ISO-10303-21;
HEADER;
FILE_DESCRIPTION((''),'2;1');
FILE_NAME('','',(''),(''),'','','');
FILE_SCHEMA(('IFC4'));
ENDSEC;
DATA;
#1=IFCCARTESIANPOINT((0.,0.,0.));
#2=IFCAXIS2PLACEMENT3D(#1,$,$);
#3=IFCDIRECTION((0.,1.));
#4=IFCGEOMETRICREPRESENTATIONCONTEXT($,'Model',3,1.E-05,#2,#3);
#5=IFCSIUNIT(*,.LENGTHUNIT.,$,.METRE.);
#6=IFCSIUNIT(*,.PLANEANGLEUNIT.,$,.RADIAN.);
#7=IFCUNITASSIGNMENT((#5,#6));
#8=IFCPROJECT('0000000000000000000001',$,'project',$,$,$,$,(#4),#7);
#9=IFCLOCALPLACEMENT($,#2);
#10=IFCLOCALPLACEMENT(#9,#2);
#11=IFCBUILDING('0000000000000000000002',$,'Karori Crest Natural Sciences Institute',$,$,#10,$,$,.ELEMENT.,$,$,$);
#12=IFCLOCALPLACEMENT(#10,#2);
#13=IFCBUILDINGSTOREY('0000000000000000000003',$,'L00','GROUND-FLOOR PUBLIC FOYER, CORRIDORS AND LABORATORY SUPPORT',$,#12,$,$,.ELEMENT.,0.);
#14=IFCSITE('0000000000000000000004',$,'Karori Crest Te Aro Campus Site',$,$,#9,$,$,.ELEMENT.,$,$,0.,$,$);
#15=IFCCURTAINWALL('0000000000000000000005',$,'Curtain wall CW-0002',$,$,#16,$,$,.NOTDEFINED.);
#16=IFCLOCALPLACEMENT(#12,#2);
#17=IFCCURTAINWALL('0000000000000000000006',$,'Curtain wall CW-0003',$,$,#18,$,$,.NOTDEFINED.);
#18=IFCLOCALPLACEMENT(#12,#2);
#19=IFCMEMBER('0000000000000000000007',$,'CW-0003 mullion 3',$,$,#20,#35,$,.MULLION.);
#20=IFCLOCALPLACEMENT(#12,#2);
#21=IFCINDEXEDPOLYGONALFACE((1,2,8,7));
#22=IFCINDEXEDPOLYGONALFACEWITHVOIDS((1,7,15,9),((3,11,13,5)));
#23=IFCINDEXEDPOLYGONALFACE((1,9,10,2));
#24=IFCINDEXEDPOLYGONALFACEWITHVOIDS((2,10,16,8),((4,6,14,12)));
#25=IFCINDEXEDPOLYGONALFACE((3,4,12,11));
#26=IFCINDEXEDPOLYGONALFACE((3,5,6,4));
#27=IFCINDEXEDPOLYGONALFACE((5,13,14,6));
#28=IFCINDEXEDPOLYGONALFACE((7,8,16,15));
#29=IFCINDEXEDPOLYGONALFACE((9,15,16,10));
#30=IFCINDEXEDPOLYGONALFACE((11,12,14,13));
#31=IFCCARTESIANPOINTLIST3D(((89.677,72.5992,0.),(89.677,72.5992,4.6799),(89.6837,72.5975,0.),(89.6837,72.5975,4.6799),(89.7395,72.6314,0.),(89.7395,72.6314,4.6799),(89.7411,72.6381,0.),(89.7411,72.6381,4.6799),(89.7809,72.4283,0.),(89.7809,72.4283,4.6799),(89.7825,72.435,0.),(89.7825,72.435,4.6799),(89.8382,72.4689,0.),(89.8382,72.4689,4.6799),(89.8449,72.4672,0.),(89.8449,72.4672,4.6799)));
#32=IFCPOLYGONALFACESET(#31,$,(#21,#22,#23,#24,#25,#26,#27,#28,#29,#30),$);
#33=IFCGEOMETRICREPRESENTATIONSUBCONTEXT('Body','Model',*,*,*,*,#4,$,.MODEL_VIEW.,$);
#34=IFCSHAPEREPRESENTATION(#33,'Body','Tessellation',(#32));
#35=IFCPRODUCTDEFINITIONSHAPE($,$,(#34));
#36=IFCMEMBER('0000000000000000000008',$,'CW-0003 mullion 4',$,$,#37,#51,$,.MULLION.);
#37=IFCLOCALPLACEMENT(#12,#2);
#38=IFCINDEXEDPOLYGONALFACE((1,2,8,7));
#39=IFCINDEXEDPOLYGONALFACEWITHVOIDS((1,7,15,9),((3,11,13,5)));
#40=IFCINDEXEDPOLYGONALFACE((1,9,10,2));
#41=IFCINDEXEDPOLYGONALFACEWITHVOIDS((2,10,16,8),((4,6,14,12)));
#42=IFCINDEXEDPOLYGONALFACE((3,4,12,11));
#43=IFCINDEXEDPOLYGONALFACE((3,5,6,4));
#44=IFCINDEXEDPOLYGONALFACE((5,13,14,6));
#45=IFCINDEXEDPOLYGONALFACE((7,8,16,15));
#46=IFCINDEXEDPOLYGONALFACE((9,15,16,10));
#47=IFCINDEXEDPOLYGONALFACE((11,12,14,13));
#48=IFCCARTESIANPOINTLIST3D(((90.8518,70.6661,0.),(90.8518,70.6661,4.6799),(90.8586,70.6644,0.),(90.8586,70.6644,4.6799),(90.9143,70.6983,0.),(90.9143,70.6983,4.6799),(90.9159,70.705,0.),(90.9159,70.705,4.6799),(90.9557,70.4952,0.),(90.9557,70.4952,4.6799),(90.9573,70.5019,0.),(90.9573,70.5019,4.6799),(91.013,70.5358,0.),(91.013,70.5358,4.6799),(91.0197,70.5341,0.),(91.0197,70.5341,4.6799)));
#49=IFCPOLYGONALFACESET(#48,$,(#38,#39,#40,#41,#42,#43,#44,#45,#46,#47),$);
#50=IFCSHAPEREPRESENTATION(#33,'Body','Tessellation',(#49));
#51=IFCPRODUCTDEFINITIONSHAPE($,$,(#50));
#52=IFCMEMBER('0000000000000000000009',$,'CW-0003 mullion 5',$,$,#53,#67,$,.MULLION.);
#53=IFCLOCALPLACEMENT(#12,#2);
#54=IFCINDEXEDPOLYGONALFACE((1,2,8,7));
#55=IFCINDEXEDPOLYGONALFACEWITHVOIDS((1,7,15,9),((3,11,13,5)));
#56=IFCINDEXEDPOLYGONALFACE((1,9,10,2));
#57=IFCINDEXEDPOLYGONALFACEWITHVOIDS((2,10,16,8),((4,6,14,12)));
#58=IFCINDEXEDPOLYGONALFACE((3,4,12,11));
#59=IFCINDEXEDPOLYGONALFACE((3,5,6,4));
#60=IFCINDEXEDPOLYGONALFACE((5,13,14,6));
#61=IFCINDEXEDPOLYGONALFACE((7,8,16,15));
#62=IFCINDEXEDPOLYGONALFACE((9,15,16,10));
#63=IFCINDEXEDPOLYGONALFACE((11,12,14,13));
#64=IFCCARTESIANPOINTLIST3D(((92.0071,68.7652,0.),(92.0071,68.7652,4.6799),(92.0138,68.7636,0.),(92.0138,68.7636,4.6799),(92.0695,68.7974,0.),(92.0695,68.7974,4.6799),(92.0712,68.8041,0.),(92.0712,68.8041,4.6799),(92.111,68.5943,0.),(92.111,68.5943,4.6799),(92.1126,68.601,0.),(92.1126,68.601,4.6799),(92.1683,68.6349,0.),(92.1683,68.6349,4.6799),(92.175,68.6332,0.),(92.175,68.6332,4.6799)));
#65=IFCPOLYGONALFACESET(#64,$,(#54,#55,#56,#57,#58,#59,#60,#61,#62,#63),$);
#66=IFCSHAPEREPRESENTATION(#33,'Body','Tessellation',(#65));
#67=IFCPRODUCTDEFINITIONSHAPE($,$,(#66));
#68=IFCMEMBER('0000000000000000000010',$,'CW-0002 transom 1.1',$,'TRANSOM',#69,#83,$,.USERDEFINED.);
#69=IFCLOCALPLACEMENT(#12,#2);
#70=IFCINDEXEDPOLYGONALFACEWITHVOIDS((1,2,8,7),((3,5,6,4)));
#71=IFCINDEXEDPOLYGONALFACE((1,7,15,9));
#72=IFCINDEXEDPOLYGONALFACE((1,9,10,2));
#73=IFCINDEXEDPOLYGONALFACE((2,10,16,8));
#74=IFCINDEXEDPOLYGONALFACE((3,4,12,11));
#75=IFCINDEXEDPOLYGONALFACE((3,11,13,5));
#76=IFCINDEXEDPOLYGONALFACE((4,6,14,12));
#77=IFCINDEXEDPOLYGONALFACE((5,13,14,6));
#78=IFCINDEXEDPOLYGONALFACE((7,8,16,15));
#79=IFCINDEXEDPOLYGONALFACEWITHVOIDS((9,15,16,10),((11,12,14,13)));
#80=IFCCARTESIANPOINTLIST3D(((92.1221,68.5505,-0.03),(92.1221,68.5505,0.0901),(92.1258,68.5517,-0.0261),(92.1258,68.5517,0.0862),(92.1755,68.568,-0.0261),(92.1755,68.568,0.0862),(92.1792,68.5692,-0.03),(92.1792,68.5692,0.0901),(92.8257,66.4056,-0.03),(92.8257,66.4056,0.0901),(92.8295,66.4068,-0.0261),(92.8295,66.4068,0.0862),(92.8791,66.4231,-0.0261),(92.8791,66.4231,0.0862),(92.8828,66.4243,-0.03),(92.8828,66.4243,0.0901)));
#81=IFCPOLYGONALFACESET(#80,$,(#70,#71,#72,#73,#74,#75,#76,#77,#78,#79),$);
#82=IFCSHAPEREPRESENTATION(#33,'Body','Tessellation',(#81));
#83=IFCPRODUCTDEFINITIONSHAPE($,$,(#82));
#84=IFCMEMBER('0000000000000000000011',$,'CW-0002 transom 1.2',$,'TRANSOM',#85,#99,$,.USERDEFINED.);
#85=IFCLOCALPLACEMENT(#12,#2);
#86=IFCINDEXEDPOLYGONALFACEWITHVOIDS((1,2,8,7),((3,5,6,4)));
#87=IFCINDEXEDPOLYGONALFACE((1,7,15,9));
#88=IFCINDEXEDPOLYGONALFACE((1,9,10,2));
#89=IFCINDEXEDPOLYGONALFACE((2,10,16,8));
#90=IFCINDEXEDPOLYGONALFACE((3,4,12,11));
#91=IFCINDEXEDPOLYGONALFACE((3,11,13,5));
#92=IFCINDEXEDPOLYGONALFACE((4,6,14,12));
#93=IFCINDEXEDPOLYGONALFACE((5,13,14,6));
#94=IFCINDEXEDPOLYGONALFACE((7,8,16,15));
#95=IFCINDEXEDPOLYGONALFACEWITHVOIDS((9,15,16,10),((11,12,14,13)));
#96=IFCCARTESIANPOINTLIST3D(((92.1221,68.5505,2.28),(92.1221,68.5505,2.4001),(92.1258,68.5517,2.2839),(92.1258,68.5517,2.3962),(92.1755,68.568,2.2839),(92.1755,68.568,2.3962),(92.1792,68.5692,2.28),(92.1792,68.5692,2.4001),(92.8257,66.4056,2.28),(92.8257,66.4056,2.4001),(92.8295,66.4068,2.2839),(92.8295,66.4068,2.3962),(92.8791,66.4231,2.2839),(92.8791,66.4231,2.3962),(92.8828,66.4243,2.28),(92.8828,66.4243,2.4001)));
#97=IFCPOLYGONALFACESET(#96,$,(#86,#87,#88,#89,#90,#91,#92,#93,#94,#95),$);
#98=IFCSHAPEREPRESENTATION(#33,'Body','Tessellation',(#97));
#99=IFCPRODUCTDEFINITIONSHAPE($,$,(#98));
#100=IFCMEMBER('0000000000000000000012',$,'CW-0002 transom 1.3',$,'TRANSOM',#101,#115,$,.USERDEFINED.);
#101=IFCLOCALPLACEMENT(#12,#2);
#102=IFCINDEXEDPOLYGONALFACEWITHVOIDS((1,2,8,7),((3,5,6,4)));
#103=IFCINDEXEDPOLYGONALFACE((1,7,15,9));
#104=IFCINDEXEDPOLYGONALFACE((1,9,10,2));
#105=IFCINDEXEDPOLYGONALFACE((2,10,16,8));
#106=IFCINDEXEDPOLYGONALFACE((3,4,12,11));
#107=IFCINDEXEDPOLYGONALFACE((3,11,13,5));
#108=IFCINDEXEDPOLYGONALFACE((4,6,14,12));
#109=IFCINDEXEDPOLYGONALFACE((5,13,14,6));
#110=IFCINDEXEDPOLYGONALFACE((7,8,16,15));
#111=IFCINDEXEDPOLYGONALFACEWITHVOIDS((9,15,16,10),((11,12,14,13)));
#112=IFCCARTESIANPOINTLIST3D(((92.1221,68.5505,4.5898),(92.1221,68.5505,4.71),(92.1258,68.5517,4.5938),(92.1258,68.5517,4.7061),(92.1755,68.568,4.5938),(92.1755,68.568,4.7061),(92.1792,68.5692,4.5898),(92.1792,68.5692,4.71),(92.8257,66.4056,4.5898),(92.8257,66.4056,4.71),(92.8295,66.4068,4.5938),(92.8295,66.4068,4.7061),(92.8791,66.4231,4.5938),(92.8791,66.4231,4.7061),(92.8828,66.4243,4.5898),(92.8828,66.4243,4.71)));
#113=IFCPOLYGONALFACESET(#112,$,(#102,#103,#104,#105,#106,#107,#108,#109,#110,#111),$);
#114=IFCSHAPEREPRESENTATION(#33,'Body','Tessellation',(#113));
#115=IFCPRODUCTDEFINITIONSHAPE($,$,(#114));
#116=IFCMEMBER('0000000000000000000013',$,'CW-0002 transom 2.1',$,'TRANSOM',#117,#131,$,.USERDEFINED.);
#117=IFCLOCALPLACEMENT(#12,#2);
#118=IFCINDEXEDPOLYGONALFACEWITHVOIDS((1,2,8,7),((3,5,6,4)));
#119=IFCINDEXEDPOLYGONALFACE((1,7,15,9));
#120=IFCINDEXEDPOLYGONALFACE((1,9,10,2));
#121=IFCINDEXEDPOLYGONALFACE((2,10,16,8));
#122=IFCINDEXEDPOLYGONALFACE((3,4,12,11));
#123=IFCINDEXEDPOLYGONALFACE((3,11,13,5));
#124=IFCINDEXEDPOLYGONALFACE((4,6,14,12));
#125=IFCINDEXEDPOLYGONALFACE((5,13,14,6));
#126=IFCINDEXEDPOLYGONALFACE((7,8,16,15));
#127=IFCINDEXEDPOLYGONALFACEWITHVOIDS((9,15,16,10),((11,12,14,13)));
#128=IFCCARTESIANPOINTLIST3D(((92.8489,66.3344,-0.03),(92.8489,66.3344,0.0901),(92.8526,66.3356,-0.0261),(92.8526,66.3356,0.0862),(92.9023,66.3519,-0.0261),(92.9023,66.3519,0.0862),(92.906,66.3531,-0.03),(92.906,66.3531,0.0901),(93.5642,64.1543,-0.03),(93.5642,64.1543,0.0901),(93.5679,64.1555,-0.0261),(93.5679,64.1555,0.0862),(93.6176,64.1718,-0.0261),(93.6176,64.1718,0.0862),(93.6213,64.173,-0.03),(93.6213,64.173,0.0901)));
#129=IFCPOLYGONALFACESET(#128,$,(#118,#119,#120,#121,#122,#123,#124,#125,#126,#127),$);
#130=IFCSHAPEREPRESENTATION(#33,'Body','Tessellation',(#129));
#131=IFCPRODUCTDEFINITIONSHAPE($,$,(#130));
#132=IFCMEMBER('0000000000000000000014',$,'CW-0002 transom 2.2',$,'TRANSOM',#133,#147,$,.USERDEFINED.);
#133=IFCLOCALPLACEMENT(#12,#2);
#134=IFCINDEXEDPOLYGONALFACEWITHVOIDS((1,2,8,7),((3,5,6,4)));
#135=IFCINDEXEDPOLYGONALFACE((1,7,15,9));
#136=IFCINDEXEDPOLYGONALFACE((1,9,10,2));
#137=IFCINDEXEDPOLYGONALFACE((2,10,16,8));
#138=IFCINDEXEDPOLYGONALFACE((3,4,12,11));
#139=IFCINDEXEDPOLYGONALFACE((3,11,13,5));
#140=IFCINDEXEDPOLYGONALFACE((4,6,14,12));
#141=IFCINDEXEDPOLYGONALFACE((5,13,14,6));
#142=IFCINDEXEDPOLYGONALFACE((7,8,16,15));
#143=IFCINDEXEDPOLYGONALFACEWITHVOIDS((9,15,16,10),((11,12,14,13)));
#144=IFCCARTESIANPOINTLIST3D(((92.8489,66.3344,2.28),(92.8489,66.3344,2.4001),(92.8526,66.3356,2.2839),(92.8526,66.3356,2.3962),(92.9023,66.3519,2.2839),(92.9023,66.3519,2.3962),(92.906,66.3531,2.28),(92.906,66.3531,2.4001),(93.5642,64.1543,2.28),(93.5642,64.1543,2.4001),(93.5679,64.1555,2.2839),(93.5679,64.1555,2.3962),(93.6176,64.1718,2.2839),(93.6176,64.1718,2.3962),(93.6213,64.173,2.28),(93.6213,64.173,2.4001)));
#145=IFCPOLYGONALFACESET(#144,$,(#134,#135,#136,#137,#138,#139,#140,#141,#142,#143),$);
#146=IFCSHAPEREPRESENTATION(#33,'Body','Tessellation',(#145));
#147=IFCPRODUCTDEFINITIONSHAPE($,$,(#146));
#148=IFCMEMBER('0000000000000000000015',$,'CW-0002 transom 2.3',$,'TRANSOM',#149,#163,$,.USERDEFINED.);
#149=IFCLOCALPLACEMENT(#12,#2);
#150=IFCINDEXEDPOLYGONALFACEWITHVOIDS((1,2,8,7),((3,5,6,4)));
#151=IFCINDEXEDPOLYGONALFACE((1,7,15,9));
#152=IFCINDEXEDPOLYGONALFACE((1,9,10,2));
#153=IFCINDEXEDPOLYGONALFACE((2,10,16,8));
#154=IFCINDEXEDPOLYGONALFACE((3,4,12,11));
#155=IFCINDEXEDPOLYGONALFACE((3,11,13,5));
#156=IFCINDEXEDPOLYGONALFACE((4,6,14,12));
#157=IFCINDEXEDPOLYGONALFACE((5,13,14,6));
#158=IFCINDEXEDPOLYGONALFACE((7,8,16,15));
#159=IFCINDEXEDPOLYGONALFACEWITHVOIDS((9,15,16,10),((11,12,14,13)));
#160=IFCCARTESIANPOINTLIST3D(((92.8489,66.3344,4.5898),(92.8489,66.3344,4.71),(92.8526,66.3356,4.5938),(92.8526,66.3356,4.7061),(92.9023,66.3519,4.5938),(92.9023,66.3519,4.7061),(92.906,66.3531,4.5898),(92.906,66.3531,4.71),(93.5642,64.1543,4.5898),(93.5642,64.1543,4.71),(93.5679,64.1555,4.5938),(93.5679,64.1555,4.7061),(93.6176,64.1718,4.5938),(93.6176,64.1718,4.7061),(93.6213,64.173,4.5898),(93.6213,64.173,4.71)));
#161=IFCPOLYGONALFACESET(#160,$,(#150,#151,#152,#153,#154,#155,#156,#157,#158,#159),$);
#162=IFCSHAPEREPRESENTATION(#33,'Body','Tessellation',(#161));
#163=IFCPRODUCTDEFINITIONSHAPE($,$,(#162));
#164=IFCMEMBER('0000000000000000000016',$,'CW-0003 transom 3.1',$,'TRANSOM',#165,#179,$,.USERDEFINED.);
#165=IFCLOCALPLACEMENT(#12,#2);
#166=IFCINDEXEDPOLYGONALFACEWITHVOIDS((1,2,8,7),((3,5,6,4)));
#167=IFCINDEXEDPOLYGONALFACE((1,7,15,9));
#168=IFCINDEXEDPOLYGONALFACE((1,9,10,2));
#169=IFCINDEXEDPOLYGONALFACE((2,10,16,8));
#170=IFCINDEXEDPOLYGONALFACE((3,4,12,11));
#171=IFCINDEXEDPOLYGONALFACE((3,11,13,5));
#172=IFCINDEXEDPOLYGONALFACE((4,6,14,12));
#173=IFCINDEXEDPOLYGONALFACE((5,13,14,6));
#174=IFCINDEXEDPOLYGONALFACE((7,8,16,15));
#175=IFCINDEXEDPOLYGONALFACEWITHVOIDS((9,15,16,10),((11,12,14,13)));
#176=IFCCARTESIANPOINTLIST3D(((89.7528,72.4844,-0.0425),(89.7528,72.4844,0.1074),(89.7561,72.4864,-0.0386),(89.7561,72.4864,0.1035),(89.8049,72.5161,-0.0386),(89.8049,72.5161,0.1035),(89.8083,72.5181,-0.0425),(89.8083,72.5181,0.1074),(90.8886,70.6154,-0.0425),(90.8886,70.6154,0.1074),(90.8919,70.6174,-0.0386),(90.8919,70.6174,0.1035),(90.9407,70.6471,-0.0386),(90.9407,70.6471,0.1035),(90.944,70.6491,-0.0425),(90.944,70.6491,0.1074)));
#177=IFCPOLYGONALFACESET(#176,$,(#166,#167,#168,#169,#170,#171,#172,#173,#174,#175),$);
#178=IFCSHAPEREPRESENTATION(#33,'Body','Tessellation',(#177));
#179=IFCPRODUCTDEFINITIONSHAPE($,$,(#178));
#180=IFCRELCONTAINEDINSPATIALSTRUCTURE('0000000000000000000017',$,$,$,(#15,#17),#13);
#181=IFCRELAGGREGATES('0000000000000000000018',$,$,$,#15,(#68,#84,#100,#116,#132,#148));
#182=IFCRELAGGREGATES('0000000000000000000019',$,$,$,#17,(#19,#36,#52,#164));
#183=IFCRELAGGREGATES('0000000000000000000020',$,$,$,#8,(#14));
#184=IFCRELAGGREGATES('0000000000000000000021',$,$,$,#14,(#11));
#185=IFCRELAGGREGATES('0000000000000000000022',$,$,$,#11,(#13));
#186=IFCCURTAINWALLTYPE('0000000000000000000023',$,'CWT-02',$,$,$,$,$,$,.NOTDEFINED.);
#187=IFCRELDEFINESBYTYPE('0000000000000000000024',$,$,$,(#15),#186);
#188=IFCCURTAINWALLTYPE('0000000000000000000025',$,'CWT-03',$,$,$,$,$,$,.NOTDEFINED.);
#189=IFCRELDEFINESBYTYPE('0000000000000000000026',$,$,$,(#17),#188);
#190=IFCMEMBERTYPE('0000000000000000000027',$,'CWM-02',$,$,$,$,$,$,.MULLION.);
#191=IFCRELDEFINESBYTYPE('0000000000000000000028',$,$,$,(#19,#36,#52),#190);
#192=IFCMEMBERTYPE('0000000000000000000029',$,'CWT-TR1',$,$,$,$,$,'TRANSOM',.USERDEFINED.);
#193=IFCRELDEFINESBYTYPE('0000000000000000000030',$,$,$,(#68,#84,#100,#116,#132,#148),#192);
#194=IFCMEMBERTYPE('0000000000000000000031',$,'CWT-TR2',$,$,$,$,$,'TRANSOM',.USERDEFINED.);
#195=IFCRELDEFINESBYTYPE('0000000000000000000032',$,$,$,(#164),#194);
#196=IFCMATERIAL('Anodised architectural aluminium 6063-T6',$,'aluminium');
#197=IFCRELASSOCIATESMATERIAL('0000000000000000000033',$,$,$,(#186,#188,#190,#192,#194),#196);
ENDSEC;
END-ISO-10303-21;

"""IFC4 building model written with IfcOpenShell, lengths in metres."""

from ifc_helpers import new_model, si_unit, direction, frame, origin, origin_2d, place, context, subcontext, project, spatial, hollow_rectangle, extrude, material, material_profile, profile_set, type_object, element, aggregate, save


model = new_model("IFC4")

# Units and contexts
model_context = context("Model", 3, precision=1e-05, world=origin(), true_north=direction((0.0, 1.0)))
body_context = subcontext(model_context, "Body", "Model", "MODEL_VIEW")
ifc_project = project(units=[si_unit("LENGTHUNIT", "METRE"), si_unit("PLANEANGLEUNIT", "RADIAN")], contexts=[model_context])

# Site, building, storey
site_placement = place(None, origin())
site = spatial("IfcSite", under=ifc_project, at=site_placement, Name="Karori Crest Te Aro Campus Site", CompositionType="ELEMENT", RefElevation=0.0)
building_placement = place(site_placement, origin())
building = spatial("IfcBuilding", under=site, at=building_placement, Name="Karori Crest Natural Sciences Institute", CompositionType="ELEMENT")
storey_placement = place(building_placement, origin())
storey = spatial("IfcBuildingStorey", under=building, at=storey_placement, Name="L00", Description="GROUND-FLOOR PUBLIC FOYER, CORRIDORS AND LABORATORY SUPPORT", CompositionType="ELEMENT", Elevation=0.0)

# Curtain walls, members
ifc_material_1 = material(Name="Anodised architectural aluminium 6063-T6", Category="aluminium")
curtain_wall_type_1 = type_object("IfcCurtainWallType", Name="CWT-02", PredefinedType="NOTDEFINED", material=ifc_material_1)
curtain_wall_1_placement = place(storey_placement, origin())
curtain_wall_1 = element("IfcCurtainWall", 1, at=curtain_wall_1_placement, inside=storey, type_object=curtain_wall_type_1, Name="Curtain wall CW-0002", PredefinedType="NOTDEFINED")
ifc_material_profile_1 = material_profile(ifc_material_1, hollow_rectangle(XDim=0.075, YDim=0.2, WallThickness=0.0049, at=origin_2d()), Name="CWM200x75x5")
ifc_profile_set_1 = profile_set([ifc_material_profile_1], Name="Anodised architectural aluminium 6063-T6")
member_type_1 = type_object("IfcMemberType", Name="CWM-02", PredefinedType="MULLION", material=ifc_profile_set_1)
curtain_wall_type_2 = type_object("IfcCurtainWallType", Name="CWT-03", PredefinedType="NOTDEFINED", material=ifc_material_1)
curtain_wall_2_placement = place(storey_placement, origin())
curtain_wall_2 = element("IfcCurtainWall", 2, at=curtain_wall_2_placement, inside=storey, type_object=curtain_wall_type_2, Name="Curtain wall CW-0003", PredefinedType="NOTDEFINED")
member_1_placement = place(storey_placement, frame((89.761, 72.5332, 0.0), z_axis=(0.0, 0.0, 1.0), x_axis=(0.854567, 0.519341, 0.0)))
member_1 = element("IfcMember", 3, at=member_1_placement, type_object=member_type_1, Name="CW-0003 mullion 3", PredefinedType="MULLION", context=body_context, shape_type="SweptSolid", body=[
    extrude(hollow_rectangle(XDim=0.075, YDim=0.2, WallThickness=0.0049, at=origin_2d()), origin(), (0.0, 0.0, 1.0), 4.6799),
])
member_2_placement = place(storey_placement, frame((90.9358, 70.6001, 0.0), z_axis=(0.0, 0.0, 1.0), x_axis=(0.854567, 0.519341, 0.0)))
member_2 = element("IfcMember", 4, at=member_2_placement, type_object=member_type_1, Name="CW-0003 mullion 4", PredefinedType="MULLION", context=body_context, shape_type="SweptSolid", body=[
    extrude(hollow_rectangle(XDim=0.075, YDim=0.2, WallThickness=0.0049, at=origin_2d()), origin(), (0.0, 0.0, 1.0), 4.6799),
])
member_3_placement = place(storey_placement, frame((92.0911, 68.6992, 0.0), z_axis=(0.0, 0.0, 1.0), x_axis=(0.854567, 0.519341, 0.0)))
member_3 = element("IfcMember", 5, at=member_3_placement, type_object=member_type_1, Name="CW-0003 mullion 5", PredefinedType="MULLION", context=body_context, shape_type="SweptSolid", body=[
    extrude(hollow_rectangle(XDim=0.075, YDim=0.2, WallThickness=0.0049, at=origin_2d()), origin(), (0.0, 0.0, 1.0), 4.6799),
])

# Members
ifc_material_profile_2 = material_profile(ifc_material_1, hollow_rectangle(XDim=0.0601, YDim=0.1201, WallThickness=0.0039, at=origin_2d()), Name="CWT120x60x4")
ifc_profile_set_2 = profile_set([ifc_material_profile_2], Name="Anodised architectural aluminium 6063-T6")
member_type_2 = type_object("IfcMemberType", Name="CWT-TR1", ElementType="TRANSOM", PredefinedType="USERDEFINED", material=ifc_profile_set_2)
member_4_placement = place(storey_placement, frame((92.1506, 68.5598, 0.03), z_axis=(0.311714, -0.950176, 0.0), x_axis=(0.950176, 0.311714, 0.0)))
member_4 = element("IfcMember", 6, at=member_4_placement, type_object=member_type_2, Name="CW-0002 transom 1.1", ObjectType="TRANSOM", PredefinedType="USERDEFINED", context=body_context, shape_type="SweptSolid", body=[
    extrude(hollow_rectangle(XDim=0.0601, YDim=0.1201, WallThickness=0.0039, at=origin_2d()), origin(), (0.0, 0.0, 1.0), 2.2573),
])
member_5_placement = place(storey_placement, frame((92.1506, 68.5598, 2.3401), z_axis=(0.311714, -0.950176, 0.0), x_axis=(0.950176, 0.311714, 0.0)))
member_5 = element("IfcMember", 7, at=member_5_placement, type_object=member_type_2, Name="CW-0002 transom 1.2", ObjectType="TRANSOM", PredefinedType="USERDEFINED", context=body_context, shape_type="SweptSolid", body=[
    extrude(hollow_rectangle(XDim=0.0601, YDim=0.1201, WallThickness=0.0039, at=origin_2d()), origin(), (0.0, 0.0, 1.0), 2.2573),
])
member_6_placement = place(storey_placement, frame((92.1506, 68.5598, 4.6499), z_axis=(0.311714, -0.950176, 0.0), x_axis=(0.950176, 0.311714, 0.0)))
member_6 = element("IfcMember", 8, at=member_6_placement, type_object=member_type_2, Name="CW-0002 transom 1.3", ObjectType="TRANSOM", PredefinedType="USERDEFINED", context=body_context, shape_type="SweptSolid", body=[
    extrude(hollow_rectangle(XDim=0.0601, YDim=0.1201, WallThickness=0.0039, at=origin_2d()), origin(), (0.0, 0.0, 1.0), 2.2573),
])
member_7_placement = place(storey_placement, frame((92.8774, 66.3438, 0.03), z_axis=(0.311755, -0.950162, 0.0), x_axis=(0.950162, 0.311755, 0.0)))
member_7 = element("IfcMember", 9, at=member_7_placement, type_object=member_type_2, Name="CW-0002 transom 2.1", ObjectType="TRANSOM", PredefinedType="USERDEFINED", context=body_context, shape_type="SweptSolid", body=[
    extrude(hollow_rectangle(XDim=0.0601, YDim=0.1201, WallThickness=0.0039, at=origin_2d()), origin(), (0.0, 0.0, 1.0), 2.2944),
])
member_8_placement = place(storey_placement, frame((92.8774, 66.3438, 2.3401), z_axis=(0.311755, -0.950162, 0.0), x_axis=(0.950162, 0.311755, 0.0)))
member_8 = element("IfcMember", 10, at=member_8_placement, type_object=member_type_2, Name="CW-0002 transom 2.2", ObjectType="TRANSOM", PredefinedType="USERDEFINED", context=body_context, shape_type="SweptSolid", body=[
    extrude(hollow_rectangle(XDim=0.0601, YDim=0.1201, WallThickness=0.0039, at=origin_2d()), origin(), (0.0, 0.0, 1.0), 2.2944),
])
member_9_placement = place(storey_placement, frame((92.8774, 66.3438, 4.6499), z_axis=(0.311755, -0.950162, 0.0), x_axis=(0.950162, 0.311755, 0.0)))
member_9 = element("IfcMember", 11, at=member_9_placement, type_object=member_type_2, Name="CW-0002 transom 2.3", ObjectType="TRANSOM", PredefinedType="USERDEFINED", context=body_context, shape_type="SweptSolid", body=[
    extrude(hollow_rectangle(XDim=0.0601, YDim=0.1201, WallThickness=0.0039, at=origin_2d()), origin(), (0.0, 0.0, 1.0), 2.2944),
])
ifc_material_profile_3 = material_profile(ifc_material_1, hollow_rectangle(XDim=0.0649, YDim=0.1499, WallThickness=0.0039, at=origin_2d()), Name="CWT150x65x4")
ifc_profile_set_3 = profile_set([ifc_material_profile_3], Name="Anodised architectural aluminium 6063-T6")
member_type_3 = type_object("IfcMemberType", Name="CWT-TR2", ElementType="TRANSOM", PredefinedType="USERDEFINED", material=ifc_profile_set_3)
member_10_placement = place(storey_placement, frame((89.7805, 72.5012, 0.0325), z_axis=(0.519331, -0.854573, 0.0), x_axis=(0.854573, 0.519331, 0.0)))
member_10 = element("IfcMember", 12, at=member_10_placement, type_object=member_type_3, Name="CW-0003 transom 3.1", ObjectType="TRANSOM", PredefinedType="USERDEFINED", context=body_context, shape_type="SweptSolid", body=[
    extrude(hollow_rectangle(XDim=0.0649, YDim=0.1499, WallThickness=0.0039, at=origin_2d()), origin(), (0.0, 0.0, 1.0), 2.187),
])

aggregate(curtain_wall_1, [member_4, member_5, member_6, member_7, member_8, member_9])
aggregate(curtain_wall_2, [member_1, member_2, member_3, member_10])

save(model, "model.ifc")
